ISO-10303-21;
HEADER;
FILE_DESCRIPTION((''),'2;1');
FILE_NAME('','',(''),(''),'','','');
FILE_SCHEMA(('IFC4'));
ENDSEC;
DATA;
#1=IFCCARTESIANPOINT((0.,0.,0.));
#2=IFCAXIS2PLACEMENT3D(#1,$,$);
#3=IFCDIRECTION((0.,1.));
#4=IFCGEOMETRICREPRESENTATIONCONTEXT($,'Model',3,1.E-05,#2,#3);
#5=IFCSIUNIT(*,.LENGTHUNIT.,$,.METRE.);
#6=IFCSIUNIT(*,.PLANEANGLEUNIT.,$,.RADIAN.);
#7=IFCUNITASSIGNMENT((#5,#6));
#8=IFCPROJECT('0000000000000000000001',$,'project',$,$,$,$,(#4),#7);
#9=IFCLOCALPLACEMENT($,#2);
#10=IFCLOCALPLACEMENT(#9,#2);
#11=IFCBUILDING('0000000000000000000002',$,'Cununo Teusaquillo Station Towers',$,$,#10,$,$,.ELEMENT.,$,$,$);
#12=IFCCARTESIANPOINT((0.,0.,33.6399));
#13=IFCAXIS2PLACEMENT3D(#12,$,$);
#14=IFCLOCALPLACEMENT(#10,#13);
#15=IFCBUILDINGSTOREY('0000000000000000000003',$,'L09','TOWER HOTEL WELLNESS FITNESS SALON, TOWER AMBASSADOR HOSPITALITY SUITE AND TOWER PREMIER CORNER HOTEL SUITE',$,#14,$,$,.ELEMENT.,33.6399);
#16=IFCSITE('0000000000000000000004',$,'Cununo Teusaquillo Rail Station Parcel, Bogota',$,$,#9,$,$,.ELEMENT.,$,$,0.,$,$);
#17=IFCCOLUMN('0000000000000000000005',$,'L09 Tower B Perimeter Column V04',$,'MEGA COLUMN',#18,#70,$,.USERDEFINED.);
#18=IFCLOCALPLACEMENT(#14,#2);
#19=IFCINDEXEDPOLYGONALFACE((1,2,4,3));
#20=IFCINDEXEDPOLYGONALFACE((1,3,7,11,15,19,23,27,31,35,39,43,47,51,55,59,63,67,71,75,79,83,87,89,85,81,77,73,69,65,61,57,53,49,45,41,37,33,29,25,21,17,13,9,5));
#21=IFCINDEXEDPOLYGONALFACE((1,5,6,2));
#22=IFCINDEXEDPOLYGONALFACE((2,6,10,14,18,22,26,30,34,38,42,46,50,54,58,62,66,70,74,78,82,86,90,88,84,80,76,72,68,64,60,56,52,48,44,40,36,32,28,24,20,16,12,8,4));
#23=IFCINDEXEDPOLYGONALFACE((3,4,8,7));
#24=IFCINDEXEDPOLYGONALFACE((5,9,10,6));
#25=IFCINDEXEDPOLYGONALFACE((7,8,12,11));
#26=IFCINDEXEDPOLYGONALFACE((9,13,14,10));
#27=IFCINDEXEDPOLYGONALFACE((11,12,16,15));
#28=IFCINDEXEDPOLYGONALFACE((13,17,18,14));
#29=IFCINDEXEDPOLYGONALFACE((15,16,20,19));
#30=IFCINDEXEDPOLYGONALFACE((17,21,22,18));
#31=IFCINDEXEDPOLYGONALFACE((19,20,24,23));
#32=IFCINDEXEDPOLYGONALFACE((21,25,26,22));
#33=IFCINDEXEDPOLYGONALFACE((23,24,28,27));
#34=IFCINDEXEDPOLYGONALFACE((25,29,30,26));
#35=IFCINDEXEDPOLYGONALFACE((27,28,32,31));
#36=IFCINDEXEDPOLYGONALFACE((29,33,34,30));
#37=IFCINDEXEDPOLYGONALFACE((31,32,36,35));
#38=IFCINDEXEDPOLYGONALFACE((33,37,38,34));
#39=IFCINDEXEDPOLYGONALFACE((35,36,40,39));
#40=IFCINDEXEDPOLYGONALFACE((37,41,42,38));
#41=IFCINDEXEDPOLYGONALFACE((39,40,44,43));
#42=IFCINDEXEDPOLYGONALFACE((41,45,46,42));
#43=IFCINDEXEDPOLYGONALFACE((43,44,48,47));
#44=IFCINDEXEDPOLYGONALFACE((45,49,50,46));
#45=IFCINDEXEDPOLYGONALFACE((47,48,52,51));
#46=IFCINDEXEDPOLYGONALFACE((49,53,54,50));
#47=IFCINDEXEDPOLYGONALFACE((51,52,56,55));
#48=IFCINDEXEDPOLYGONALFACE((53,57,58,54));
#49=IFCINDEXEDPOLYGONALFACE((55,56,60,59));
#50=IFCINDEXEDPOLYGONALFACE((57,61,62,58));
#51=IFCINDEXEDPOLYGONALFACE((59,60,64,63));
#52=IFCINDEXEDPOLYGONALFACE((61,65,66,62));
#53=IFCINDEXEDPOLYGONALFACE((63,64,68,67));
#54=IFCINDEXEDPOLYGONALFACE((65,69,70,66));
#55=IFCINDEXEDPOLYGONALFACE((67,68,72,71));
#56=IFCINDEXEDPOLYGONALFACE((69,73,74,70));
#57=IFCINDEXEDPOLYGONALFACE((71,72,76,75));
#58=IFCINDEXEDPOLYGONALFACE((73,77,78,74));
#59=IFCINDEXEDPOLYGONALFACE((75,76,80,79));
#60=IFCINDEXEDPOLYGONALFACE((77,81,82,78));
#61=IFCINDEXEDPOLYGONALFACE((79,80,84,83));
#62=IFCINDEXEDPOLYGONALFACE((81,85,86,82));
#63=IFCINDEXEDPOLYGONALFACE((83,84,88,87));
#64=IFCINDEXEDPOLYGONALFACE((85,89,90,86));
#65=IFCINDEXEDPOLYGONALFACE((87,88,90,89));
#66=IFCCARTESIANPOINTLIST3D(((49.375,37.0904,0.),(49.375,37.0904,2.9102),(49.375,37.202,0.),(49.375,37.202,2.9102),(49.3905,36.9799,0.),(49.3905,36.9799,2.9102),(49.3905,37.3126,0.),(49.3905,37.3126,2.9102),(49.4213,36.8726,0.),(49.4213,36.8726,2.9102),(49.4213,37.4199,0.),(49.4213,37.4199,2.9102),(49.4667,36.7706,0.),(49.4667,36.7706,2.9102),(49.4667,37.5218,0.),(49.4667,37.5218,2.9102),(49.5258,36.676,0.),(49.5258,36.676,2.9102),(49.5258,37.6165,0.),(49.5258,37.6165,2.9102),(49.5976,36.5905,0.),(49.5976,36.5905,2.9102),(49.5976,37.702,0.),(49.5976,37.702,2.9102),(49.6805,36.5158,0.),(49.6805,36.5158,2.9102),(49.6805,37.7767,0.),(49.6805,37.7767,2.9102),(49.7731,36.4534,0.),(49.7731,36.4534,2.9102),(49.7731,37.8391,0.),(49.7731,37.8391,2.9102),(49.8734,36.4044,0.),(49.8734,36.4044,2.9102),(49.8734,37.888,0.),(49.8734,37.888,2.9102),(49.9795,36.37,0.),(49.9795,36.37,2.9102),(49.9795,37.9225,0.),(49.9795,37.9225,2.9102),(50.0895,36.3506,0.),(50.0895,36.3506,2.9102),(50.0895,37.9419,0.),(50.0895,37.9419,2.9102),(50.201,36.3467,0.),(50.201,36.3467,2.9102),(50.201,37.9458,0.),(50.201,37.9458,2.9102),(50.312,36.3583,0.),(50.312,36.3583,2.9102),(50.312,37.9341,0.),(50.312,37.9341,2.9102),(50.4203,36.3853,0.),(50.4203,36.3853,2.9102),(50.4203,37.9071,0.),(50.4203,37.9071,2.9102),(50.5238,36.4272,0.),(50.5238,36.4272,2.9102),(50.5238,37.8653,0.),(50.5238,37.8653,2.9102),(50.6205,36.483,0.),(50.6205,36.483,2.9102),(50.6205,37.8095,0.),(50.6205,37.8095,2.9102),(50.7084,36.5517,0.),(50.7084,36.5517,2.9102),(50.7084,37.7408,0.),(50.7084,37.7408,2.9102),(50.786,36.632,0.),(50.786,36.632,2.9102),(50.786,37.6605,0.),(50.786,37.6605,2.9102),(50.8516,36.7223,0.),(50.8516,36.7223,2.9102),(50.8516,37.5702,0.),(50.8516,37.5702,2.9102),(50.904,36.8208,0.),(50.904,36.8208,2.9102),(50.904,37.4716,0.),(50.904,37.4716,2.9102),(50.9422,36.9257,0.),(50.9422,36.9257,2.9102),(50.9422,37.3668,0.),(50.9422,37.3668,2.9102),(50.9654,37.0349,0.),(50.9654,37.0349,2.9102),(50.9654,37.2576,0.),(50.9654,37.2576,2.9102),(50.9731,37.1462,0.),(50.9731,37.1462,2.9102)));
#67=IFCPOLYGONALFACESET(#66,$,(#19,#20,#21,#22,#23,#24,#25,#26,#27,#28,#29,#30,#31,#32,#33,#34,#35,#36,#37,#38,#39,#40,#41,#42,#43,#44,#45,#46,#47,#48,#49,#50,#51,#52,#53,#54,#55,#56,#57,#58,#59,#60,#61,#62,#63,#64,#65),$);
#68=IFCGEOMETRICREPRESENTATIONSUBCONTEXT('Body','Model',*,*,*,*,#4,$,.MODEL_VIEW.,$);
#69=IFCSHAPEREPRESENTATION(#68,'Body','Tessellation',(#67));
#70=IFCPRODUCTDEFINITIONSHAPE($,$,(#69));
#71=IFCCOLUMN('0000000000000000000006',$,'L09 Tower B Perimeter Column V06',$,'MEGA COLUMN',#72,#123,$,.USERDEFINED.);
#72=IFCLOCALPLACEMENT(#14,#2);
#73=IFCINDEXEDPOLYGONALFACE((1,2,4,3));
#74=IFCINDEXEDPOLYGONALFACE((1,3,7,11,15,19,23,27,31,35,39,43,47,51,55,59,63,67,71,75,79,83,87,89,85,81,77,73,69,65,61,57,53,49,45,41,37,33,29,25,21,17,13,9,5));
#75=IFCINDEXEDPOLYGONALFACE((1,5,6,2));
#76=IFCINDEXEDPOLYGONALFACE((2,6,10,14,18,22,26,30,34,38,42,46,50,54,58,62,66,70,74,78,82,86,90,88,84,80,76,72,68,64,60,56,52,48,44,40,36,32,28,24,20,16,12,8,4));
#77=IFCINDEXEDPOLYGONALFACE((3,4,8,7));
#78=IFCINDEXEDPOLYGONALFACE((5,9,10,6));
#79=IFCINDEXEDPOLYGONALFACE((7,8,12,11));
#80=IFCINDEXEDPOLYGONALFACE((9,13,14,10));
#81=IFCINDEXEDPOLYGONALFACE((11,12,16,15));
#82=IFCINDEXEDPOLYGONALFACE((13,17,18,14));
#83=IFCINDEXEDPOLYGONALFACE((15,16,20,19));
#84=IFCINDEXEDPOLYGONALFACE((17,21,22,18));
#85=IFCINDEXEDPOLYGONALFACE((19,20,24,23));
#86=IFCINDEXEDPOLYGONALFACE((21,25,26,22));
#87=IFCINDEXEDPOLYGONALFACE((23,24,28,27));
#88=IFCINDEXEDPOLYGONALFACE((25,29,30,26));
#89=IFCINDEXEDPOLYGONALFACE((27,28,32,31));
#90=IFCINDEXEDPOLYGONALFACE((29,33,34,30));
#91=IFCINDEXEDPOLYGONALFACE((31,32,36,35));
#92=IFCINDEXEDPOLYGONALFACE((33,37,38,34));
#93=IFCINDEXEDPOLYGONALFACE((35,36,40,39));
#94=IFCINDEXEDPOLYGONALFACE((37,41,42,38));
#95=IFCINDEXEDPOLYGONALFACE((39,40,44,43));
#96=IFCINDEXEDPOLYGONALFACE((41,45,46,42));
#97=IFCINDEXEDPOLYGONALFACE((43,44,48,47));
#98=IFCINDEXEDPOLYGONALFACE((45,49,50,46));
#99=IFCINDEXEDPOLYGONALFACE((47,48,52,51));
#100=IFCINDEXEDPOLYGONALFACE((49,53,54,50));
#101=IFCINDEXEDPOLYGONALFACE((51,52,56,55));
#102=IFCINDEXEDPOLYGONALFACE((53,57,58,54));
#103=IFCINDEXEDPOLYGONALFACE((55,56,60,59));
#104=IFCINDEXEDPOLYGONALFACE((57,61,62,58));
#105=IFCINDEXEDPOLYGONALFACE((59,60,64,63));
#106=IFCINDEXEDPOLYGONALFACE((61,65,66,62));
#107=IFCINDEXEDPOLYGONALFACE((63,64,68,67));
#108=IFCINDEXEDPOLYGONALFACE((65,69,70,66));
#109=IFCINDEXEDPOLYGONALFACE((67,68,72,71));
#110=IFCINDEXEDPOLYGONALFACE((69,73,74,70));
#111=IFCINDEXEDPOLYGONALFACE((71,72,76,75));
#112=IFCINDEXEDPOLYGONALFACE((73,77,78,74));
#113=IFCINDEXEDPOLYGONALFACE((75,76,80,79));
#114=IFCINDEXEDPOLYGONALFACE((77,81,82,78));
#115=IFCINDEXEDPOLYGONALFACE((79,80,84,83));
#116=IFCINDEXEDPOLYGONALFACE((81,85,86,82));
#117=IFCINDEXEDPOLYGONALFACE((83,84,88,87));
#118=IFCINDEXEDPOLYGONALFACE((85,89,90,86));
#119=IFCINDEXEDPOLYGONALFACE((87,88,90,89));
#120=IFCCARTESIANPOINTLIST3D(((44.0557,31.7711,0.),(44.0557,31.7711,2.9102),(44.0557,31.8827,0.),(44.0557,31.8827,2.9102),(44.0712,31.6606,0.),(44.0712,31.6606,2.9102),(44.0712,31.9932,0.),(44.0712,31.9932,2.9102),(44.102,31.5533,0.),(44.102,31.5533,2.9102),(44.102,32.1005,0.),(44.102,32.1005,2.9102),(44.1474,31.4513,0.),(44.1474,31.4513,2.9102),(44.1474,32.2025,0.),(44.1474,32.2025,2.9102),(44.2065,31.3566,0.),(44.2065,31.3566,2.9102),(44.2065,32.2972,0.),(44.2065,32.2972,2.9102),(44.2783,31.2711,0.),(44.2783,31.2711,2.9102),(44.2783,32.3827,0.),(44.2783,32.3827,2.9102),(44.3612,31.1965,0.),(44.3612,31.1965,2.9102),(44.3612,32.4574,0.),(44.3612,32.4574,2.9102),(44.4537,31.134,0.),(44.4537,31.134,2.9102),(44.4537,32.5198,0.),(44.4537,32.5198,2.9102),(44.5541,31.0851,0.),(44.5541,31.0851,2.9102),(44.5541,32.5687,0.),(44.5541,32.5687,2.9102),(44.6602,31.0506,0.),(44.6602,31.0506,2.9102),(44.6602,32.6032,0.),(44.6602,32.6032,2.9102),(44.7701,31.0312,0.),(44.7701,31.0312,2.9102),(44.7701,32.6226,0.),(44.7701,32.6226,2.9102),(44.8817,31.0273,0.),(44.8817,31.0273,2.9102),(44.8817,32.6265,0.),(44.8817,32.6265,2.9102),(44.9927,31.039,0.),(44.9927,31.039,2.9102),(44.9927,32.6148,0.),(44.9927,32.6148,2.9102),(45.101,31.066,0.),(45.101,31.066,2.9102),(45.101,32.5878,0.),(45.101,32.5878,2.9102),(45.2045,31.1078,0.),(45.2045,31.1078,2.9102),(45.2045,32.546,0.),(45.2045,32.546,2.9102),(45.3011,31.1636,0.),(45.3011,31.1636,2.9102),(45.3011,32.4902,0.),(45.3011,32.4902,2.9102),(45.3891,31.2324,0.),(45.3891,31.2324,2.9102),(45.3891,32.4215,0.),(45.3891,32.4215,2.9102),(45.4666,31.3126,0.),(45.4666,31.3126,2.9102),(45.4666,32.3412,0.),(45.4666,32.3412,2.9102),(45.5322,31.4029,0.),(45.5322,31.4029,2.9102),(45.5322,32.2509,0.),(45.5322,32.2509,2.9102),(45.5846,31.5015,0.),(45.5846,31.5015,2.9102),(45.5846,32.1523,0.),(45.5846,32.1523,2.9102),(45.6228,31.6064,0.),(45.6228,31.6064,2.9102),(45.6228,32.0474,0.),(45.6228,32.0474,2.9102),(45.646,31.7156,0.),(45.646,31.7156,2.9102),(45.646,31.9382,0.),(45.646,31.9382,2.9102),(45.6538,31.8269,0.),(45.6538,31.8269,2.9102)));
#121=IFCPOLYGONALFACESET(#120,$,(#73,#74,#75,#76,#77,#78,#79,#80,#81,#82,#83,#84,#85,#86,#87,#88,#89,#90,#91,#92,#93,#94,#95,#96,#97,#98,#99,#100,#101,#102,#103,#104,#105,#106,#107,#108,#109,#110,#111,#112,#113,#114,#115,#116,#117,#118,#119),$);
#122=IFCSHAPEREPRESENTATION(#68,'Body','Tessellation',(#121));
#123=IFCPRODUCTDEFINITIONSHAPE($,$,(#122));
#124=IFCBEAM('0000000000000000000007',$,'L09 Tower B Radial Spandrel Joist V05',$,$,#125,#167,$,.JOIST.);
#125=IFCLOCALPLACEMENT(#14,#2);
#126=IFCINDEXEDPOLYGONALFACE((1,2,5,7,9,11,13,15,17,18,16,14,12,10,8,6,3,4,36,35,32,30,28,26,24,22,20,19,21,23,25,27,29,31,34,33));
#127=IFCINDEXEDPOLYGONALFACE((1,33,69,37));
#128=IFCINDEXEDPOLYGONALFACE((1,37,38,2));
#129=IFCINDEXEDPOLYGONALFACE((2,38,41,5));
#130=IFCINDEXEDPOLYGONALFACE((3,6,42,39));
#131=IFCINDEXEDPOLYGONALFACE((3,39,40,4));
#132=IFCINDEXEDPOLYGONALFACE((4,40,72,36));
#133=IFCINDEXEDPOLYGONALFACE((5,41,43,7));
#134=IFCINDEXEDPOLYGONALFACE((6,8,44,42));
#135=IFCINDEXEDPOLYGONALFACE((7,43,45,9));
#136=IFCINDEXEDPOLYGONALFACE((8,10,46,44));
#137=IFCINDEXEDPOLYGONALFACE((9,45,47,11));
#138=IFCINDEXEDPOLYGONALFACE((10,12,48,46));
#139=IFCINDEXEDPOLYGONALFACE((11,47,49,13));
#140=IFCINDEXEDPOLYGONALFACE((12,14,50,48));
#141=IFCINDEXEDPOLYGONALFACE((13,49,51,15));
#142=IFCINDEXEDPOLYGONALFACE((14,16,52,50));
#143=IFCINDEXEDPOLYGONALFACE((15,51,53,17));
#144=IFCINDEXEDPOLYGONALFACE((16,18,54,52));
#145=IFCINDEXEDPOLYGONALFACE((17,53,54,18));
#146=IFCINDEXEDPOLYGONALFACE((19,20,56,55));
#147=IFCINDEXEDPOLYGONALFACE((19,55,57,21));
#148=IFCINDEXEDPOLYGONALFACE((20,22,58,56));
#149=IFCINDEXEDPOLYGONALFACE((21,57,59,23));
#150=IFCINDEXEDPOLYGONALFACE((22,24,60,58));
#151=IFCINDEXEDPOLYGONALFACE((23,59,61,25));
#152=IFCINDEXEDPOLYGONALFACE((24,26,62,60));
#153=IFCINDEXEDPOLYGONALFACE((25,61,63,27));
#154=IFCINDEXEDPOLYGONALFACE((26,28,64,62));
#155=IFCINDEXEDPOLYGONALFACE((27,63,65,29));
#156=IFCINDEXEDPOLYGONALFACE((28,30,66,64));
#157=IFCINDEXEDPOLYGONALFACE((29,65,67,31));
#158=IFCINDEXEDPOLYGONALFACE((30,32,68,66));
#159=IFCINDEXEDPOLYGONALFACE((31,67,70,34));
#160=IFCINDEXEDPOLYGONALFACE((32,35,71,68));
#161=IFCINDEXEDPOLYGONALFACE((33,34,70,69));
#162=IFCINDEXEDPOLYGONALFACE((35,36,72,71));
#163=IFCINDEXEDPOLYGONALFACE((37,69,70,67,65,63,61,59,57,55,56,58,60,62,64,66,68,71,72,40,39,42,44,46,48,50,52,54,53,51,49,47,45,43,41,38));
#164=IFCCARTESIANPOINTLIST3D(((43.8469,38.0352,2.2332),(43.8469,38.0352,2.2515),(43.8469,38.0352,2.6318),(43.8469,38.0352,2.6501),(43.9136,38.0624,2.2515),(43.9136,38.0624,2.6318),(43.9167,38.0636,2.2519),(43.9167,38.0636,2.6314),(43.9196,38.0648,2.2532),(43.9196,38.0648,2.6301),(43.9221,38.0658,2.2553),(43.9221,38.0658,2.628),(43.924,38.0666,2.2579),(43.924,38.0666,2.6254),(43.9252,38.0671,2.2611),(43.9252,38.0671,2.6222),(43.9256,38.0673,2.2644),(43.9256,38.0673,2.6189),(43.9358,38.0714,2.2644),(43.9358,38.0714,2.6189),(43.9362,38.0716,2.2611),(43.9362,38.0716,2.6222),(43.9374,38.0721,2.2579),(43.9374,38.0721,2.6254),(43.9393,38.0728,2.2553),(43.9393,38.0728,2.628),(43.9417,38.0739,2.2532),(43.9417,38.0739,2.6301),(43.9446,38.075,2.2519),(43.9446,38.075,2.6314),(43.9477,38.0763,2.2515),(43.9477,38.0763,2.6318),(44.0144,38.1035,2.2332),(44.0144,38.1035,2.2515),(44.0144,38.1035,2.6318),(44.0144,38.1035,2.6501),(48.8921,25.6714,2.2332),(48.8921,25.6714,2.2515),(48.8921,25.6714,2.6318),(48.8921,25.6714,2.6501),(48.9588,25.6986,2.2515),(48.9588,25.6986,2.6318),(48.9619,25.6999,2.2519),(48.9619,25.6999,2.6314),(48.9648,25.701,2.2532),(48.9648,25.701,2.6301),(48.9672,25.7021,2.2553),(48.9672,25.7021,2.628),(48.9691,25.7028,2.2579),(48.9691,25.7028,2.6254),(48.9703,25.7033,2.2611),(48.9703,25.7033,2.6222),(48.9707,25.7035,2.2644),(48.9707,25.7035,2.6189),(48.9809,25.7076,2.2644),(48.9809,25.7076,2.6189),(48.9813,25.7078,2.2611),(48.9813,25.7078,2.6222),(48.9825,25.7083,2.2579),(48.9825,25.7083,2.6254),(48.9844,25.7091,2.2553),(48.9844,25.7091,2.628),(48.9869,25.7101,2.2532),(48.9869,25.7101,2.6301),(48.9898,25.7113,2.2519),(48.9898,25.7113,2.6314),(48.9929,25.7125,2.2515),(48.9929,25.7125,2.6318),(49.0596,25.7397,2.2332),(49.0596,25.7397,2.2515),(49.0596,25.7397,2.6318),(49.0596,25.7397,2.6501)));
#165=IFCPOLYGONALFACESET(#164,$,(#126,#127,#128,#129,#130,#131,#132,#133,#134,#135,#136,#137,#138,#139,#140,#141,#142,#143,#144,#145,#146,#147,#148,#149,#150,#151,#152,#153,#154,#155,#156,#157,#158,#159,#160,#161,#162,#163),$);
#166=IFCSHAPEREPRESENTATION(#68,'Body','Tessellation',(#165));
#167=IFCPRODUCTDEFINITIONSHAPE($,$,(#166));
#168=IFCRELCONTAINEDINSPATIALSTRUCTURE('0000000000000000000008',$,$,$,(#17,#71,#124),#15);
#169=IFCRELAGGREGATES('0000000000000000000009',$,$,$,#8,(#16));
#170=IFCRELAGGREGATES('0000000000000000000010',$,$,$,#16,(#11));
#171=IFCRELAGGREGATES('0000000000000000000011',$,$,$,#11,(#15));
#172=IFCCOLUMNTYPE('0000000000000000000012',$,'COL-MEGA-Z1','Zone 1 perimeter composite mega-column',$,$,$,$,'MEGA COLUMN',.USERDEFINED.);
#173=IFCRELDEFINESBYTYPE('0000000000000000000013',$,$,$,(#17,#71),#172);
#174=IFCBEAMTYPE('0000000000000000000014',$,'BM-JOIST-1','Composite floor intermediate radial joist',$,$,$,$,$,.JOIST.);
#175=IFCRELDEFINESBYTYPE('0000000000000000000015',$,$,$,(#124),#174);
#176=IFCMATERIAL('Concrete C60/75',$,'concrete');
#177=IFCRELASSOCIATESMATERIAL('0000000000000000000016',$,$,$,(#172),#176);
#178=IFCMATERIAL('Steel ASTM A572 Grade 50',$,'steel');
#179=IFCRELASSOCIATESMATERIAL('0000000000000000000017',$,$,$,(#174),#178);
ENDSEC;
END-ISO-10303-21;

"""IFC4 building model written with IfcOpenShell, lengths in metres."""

from ifc_helpers import new_model, si_unit, direction, frame, origin, origin_2d, place, context, subcontext, project, spatial, circle, i_section, extrude, material, material_profile, profile_set, type_object, element, save


model = new_model("IFC4")

# Units and contexts
model_context = context("Model", 3, precision=1e-05, world=origin(), true_north=direction((0.0, 1.0)))
body_context = subcontext(model_context, "Body", "Model", "MODEL_VIEW")
ifc_project = project(units=[si_unit("LENGTHUNIT", "METRE"), si_unit("PLANEANGLEUNIT", "RADIAN")], contexts=[model_context])

# Site, building, storey
site_placement = place(None, origin())
site = spatial("IfcSite", under=ifc_project, at=site_placement, Name="Cununo Teusaquillo Rail Station Parcel, Bogota", CompositionType="ELEMENT", RefElevation=0.0)
building_placement = place(site_placement, origin())
building = spatial("IfcBuilding", under=site, at=building_placement, Name="Cununo Teusaquillo Station Towers", CompositionType="ELEMENT")
storey_placement = place(building_placement, frame((0.0, 0.0, 33.6399)))
storey = spatial("IfcBuildingStorey", under=building, at=storey_placement, Name="L09", Description="TOWER HOTEL WELLNESS FITNESS SALON, TOWER AMBASSADOR HOSPITALITY SUITE AND TOWER PREMIER CORNER HOTEL SUITE", CompositionType="ELEMENT", Elevation=33.6399)

# Columns
ifc_material_1 = material(Name="Concrete C60/75", Category="concrete")
ifc_material_profile_1 = material_profile(ifc_material_1, circle(Radius=0.8, at=origin_2d()), Name="RC-CIRC-1600")
ifc_profile_set_1 = profile_set([ifc_material_profile_1], Name="Concrete C60/75")
column_type = type_object("IfcColumnType", Name="COL-MEGA-Z1", Description="Zone 1 perimeter composite mega-column", ElementType="MEGA COLUMN", PredefinedType="USERDEFINED", material=ifc_profile_set_1)
for number, where, z_axis, x_axis, name in (
    (1, (50.1731, 37.1462, 0.0), (0.0, 0.0, 1.0), (1.0, 0.0, 0.0), "L09 Tower B Perimeter Column V04"),
    (2, (44.8538, 31.8269, 0.0), (0.0, 0.0, 1.0), (1.0, 0.0, 0.0), "L09 Tower B Perimeter Column V06"),
):
    element("IfcColumn", number, at=place(storey_placement, frame(where, z_axis=z_axis, x_axis=x_axis)), inside=storey, type_object=column_type, Name=name, ObjectType="MEGA COLUMN", PredefinedType="USERDEFINED", context=body_context, shape_type="SweptSolid", body=[
        extrude(circle(Radius=0.8, at=origin_2d()), origin(), (0.0, 0.0, 1.0), 2.9102),
    ])

# Beam
ifc_material_2 = material(Name="Steel ASTM A572 Grade 50", Category="steel")
ifc_material_profile_2 = material_profile(ifc_material_2, i_section(OverallWidth=0.1809, OverallDepth=0.417, WebThickness=0.011, FlangeThickness=0.0183, FilletRadius=0.0129, at=origin_2d()), Name="W16X57")
ifc_profile_set_2 = profile_set([ifc_material_profile_2], Name="Steel ASTM A572 Grade 50")
beam_type_1 = type_object("IfcBeamType", Name="BM-JOIST-1", Description="Composite floor intermediate radial joist", PredefinedType="JOIST", material=ifc_profile_set_2)
beam_1_placement = place(storey_placement, frame((48.9758, 25.7056, 2.4417), z_axis=(-0.377815, 0.925881, 0.0), x_axis=(-0.925881, -0.377815, 0.0)))
element("IfcBeam", 3, at=beam_1_placement, inside=storey, type_object=beam_type_1, Name="L09 Tower B Radial Spandrel Joist V05", PredefinedType="JOIST", context=body_context, shape_type="SweptSolid", body=[
    extrude(i_section(OverallWidth=0.1809, OverallDepth=0.417, WebThickness=0.011, FlangeThickness=0.0183, FilletRadius=0.0129, at=origin_2d()), origin(), (0.0, 0.0, 1.0), 13.3535),
])

save(model, "model.ifc")
